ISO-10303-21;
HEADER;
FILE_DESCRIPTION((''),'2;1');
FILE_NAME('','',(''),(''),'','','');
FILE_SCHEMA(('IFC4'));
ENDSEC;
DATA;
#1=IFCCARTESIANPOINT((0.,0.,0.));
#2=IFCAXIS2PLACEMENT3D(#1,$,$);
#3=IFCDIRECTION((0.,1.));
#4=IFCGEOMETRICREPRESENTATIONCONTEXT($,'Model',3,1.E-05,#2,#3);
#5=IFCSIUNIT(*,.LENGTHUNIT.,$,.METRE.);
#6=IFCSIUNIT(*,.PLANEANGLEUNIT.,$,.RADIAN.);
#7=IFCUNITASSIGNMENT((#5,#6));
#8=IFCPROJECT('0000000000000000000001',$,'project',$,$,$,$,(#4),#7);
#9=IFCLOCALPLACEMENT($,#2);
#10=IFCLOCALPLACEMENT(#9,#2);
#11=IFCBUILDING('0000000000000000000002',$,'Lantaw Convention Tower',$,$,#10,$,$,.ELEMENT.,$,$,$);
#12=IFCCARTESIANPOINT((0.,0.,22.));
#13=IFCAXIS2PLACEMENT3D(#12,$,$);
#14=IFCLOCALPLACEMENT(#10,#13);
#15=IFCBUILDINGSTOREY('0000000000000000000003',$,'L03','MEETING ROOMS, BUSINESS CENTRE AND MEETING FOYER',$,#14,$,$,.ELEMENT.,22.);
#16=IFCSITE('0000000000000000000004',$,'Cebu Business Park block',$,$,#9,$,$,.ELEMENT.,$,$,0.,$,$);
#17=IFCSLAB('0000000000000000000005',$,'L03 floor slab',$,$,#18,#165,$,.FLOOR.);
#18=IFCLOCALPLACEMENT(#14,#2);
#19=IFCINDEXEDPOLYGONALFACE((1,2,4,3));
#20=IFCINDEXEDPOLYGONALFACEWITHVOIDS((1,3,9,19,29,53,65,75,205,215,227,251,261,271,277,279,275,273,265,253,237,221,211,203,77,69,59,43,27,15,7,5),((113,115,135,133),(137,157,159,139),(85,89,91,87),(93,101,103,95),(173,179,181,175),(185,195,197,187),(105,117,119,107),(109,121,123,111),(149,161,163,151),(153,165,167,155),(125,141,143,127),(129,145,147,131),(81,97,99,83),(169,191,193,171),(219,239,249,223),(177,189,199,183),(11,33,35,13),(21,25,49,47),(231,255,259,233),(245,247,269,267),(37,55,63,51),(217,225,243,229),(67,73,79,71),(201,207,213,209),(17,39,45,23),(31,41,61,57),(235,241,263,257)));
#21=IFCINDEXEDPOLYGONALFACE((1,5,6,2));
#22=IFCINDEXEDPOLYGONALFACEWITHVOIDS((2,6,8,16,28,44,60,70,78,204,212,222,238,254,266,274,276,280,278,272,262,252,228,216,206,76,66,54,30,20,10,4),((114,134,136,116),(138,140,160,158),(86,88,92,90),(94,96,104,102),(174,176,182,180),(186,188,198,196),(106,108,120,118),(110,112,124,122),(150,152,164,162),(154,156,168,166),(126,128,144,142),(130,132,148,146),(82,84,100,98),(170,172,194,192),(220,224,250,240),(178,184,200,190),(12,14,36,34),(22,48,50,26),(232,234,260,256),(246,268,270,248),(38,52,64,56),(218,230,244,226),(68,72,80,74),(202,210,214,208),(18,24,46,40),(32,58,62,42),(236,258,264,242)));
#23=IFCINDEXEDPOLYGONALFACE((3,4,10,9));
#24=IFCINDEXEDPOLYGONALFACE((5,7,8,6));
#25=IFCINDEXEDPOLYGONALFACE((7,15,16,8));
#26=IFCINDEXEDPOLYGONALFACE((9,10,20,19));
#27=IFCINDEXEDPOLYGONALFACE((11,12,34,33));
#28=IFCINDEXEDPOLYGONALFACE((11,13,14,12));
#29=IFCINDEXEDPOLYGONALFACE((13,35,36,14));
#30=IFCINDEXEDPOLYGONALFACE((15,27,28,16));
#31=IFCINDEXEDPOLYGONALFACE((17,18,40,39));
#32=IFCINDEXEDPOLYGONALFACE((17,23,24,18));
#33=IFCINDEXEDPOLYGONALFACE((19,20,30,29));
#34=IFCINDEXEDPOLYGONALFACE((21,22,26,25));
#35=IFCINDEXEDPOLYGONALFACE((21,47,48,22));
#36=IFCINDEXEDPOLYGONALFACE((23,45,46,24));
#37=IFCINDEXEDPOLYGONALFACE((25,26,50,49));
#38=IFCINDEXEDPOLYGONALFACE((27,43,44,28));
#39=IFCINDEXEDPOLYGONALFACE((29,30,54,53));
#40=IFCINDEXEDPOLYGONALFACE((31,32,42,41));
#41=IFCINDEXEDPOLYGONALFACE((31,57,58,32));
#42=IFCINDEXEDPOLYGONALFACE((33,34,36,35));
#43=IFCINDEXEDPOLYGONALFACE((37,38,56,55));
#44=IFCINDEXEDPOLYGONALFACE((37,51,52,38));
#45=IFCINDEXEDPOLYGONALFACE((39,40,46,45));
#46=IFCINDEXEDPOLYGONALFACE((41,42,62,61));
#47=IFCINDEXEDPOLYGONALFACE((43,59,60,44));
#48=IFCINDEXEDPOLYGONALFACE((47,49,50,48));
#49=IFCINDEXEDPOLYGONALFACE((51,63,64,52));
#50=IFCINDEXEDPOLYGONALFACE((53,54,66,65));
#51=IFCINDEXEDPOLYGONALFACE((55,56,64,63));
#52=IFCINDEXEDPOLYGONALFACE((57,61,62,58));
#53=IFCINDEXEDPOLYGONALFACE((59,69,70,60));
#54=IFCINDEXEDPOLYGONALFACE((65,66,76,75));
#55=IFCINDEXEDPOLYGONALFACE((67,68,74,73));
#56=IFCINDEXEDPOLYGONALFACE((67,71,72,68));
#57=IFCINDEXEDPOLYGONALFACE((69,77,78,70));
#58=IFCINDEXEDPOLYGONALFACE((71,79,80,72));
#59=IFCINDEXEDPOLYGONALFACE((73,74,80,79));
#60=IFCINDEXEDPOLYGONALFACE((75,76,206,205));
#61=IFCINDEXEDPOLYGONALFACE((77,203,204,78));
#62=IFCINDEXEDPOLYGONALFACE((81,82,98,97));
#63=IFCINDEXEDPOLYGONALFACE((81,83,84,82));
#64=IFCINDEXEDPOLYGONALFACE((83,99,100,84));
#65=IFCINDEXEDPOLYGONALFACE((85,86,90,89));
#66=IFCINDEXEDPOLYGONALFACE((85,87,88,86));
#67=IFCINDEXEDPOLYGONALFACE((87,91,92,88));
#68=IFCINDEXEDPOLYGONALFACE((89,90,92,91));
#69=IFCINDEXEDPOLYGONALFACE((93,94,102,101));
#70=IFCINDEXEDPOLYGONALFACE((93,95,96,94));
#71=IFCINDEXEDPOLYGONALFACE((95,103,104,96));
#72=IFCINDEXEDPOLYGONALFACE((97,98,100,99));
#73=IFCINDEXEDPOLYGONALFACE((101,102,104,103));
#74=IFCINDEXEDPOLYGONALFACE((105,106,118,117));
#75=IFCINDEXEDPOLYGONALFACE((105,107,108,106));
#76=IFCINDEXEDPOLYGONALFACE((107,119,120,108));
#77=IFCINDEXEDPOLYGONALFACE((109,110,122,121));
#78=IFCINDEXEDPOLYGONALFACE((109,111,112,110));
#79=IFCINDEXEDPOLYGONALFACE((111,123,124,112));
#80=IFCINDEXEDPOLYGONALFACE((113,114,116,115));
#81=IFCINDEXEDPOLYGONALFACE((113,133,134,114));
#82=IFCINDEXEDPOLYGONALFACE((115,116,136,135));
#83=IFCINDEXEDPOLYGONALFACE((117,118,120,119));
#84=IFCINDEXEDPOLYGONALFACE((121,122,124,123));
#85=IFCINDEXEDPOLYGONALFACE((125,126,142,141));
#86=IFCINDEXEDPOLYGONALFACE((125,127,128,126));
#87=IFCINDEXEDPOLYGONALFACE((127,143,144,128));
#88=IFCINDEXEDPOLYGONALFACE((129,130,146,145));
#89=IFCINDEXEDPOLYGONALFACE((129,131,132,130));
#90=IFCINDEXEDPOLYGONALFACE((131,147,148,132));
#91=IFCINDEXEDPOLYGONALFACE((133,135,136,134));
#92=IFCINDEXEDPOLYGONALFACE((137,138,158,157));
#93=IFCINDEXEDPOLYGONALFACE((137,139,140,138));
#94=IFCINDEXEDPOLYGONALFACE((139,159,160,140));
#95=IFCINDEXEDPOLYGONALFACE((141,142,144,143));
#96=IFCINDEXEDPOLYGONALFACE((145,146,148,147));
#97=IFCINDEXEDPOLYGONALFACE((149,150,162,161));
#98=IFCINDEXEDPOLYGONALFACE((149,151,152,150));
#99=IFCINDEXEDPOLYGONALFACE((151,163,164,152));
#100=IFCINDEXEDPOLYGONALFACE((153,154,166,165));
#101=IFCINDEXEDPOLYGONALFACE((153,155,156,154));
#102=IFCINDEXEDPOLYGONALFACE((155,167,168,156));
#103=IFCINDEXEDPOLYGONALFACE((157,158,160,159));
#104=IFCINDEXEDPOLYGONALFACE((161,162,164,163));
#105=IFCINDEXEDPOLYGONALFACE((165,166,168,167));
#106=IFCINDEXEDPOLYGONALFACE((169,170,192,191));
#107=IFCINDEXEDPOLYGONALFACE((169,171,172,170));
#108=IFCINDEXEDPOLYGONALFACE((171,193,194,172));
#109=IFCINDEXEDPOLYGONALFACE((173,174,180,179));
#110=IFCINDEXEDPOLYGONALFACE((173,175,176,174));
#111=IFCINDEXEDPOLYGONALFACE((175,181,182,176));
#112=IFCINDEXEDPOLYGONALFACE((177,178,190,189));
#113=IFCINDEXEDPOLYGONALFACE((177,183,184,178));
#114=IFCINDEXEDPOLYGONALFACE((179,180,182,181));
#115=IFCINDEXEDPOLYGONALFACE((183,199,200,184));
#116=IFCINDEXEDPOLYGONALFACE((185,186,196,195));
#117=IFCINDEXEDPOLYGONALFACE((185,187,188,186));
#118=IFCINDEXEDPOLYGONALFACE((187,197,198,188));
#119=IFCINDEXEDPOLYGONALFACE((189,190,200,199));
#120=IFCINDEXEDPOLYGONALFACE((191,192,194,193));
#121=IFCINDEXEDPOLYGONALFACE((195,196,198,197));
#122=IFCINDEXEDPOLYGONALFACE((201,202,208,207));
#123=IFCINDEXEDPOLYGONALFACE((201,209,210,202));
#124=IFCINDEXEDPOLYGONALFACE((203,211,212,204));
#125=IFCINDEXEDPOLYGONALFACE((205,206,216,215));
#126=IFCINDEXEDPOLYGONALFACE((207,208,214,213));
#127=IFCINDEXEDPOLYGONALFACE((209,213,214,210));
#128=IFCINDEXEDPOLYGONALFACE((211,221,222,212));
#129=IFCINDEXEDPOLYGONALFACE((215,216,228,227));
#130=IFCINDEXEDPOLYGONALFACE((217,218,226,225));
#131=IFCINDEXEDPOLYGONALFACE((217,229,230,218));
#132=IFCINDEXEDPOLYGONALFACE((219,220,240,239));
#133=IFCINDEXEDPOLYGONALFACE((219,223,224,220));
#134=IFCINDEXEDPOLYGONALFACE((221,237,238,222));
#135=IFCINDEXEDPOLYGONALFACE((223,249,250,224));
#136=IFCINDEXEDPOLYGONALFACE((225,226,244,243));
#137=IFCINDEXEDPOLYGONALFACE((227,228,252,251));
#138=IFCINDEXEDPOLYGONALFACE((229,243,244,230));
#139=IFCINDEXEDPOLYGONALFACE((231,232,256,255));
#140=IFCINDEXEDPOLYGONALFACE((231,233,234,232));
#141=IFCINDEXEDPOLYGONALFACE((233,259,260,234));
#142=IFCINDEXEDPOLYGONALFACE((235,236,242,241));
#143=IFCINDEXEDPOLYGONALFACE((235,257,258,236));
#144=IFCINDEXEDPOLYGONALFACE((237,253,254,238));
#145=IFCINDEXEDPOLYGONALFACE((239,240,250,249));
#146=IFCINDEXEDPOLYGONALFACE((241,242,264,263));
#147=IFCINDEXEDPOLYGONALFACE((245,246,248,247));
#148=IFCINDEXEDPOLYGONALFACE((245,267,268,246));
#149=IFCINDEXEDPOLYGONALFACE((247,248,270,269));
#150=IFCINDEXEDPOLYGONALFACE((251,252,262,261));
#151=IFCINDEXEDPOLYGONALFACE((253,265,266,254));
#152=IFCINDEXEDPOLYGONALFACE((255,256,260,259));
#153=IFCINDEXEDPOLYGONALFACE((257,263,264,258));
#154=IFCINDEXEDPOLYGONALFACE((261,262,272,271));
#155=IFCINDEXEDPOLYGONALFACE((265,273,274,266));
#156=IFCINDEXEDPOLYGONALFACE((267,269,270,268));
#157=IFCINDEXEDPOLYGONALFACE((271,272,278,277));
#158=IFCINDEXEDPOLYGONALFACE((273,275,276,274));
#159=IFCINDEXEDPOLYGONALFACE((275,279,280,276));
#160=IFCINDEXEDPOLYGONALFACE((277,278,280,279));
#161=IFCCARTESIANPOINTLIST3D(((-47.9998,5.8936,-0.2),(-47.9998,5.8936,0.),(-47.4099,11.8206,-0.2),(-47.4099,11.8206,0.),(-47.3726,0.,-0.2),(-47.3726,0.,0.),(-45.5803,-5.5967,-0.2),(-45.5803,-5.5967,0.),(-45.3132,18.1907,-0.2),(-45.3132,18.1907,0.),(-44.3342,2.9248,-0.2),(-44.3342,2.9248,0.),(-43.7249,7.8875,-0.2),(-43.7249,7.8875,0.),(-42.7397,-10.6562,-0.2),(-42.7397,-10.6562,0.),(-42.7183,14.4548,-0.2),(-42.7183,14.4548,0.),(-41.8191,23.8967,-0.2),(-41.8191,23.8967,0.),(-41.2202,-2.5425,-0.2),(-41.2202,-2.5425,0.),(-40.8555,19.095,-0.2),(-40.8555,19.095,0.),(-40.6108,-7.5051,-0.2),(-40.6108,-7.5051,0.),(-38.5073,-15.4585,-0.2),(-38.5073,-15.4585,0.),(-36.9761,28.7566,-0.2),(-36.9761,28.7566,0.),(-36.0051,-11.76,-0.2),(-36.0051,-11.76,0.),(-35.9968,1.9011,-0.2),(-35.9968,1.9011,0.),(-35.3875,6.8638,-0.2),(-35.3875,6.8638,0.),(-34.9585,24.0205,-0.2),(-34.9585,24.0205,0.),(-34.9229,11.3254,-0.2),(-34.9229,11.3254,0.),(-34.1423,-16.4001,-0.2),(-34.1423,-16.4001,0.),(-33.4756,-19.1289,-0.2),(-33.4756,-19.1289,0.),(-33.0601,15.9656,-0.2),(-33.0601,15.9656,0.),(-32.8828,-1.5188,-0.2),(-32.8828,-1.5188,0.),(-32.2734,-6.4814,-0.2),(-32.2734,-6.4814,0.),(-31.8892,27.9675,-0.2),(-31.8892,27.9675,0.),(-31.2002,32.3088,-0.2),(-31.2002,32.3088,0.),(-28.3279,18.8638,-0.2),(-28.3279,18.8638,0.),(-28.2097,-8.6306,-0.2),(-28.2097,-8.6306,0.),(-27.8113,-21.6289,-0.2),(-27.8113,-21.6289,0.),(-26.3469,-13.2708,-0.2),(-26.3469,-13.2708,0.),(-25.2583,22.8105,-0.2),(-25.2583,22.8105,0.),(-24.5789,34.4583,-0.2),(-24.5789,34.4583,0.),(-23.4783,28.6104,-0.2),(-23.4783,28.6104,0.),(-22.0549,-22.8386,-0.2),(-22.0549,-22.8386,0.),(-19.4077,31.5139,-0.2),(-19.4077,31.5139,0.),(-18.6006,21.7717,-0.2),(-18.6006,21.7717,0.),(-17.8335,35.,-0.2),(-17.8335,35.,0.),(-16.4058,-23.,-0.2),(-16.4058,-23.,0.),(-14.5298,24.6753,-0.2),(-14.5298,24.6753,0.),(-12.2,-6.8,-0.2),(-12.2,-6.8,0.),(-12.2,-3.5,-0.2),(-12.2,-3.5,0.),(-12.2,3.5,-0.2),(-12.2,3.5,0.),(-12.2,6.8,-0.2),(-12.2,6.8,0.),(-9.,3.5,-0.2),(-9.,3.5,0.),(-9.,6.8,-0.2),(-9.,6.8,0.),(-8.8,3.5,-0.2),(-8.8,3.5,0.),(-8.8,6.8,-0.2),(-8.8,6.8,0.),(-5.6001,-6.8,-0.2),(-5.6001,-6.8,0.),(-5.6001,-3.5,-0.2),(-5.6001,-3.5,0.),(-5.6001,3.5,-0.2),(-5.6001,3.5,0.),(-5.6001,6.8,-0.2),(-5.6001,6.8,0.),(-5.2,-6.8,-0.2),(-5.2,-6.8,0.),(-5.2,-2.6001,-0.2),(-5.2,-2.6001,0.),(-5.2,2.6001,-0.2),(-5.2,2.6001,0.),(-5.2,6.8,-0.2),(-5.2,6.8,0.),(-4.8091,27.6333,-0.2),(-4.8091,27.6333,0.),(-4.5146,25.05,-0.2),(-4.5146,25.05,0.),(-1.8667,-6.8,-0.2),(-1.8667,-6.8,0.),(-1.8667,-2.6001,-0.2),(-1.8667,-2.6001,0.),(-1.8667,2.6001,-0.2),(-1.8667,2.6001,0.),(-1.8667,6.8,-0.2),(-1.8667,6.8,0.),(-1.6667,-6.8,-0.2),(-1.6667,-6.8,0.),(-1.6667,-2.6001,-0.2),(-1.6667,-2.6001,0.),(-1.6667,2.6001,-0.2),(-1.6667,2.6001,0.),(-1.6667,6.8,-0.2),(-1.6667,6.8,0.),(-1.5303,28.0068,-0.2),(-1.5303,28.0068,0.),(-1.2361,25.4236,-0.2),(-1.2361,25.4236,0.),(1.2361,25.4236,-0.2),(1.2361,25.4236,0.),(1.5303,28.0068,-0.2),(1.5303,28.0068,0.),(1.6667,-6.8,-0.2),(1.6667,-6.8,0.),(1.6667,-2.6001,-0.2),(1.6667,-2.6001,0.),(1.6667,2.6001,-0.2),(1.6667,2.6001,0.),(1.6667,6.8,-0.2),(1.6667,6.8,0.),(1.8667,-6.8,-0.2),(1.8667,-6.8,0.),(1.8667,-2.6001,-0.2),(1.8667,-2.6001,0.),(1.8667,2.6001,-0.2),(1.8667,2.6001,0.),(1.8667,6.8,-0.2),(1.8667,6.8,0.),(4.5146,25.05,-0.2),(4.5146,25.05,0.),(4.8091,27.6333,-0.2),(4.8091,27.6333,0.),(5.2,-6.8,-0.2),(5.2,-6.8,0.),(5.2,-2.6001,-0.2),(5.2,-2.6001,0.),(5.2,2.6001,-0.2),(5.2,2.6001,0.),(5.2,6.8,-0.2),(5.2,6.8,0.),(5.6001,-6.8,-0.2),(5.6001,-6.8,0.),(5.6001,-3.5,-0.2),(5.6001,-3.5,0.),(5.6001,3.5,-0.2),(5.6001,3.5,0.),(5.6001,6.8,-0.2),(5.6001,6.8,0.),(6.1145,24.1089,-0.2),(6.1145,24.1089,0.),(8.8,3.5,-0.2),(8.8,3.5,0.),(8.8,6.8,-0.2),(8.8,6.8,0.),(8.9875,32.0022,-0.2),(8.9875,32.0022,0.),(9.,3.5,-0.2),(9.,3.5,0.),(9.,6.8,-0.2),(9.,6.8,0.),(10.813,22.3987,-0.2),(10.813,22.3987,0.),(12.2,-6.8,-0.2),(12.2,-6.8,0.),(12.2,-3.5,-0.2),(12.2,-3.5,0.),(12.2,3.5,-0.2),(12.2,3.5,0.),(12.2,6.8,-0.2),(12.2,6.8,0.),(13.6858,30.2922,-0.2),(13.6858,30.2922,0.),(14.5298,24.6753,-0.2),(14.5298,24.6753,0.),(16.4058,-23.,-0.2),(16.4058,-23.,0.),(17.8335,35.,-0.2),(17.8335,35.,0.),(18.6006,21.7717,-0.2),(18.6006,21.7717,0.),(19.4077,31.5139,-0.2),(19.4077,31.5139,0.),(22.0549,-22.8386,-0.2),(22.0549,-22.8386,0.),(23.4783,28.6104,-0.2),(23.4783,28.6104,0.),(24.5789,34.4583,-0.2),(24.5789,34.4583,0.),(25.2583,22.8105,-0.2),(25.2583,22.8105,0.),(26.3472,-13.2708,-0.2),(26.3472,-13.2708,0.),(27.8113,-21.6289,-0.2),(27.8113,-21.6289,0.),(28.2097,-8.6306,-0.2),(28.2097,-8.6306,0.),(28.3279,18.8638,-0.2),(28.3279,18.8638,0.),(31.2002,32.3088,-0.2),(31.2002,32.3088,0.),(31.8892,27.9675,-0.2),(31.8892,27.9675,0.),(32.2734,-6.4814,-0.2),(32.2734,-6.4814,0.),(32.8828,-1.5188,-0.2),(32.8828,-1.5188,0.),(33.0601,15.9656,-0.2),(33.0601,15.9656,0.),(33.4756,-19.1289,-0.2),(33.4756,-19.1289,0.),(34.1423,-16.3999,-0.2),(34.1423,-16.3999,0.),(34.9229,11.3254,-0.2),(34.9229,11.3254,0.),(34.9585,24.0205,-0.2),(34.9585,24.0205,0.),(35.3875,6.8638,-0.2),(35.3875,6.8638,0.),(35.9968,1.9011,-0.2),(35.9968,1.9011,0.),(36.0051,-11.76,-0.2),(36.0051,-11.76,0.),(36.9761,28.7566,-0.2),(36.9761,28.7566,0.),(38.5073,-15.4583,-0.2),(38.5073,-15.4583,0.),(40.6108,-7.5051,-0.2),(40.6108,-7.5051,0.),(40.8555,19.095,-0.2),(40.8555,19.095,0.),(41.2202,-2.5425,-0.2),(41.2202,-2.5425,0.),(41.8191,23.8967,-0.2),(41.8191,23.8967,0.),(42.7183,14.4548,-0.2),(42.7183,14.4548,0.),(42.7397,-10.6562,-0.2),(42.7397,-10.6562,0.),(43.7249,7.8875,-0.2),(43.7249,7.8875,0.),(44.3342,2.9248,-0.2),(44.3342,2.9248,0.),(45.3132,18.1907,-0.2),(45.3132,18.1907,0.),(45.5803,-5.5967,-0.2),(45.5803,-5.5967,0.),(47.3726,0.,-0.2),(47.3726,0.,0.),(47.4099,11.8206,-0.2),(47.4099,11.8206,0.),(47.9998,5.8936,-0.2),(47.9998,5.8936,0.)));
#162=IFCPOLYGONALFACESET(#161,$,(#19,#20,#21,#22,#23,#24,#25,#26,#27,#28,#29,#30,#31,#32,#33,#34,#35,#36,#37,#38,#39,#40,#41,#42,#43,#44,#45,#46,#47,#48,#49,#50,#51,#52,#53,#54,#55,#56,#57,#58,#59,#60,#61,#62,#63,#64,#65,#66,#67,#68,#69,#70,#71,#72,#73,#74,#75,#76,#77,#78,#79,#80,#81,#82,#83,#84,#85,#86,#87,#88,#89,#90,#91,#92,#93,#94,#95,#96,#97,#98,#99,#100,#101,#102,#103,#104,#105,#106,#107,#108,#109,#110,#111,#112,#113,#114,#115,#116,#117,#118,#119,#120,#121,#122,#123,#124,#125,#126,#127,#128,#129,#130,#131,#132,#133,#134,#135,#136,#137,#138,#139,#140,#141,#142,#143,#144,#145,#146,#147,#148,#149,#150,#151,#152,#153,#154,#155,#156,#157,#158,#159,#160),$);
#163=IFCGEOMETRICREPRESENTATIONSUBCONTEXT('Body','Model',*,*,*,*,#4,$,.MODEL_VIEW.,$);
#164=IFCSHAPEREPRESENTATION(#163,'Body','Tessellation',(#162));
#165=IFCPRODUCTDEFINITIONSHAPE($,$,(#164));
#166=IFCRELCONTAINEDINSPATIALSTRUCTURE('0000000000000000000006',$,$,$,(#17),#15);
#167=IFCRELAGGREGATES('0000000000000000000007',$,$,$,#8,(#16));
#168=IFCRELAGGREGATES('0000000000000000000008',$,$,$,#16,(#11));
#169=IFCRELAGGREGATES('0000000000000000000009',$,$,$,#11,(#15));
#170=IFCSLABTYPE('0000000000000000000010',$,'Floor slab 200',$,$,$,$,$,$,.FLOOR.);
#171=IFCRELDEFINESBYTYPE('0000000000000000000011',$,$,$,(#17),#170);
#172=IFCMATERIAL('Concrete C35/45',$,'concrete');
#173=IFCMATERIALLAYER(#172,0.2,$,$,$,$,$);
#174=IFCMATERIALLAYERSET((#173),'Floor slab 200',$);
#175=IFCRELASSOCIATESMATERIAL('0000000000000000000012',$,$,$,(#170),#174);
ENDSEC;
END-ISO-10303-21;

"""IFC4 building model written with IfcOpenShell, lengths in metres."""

from ifc_helpers import new_model, si_unit, direction, frame, origin, place, context, subcontext, project, spatial, polyline, outline, extrude, material, layer, layer_set, type_object, element, save


model = new_model("IFC4")

# Units and contexts
model_context = context("Model", 3, precision=1e-05, world=origin(), true_north=direction((0.0, 1.0)))
body_context = subcontext(model_context, "Body", "Model", "MODEL_VIEW")
ifc_project = project(units=[si_unit("LENGTHUNIT", "METRE"), si_unit("PLANEANGLEUNIT", "RADIAN")], contexts=[model_context])

# Site, building, storey
site_placement = place(None, origin())
site = spatial("IfcSite", under=ifc_project, at=site_placement, Name="Cebu Business Park block", CompositionType="ELEMENT", RefElevation=0.0)
building_placement = place(site_placement, origin())
building = spatial("IfcBuilding", under=site, at=building_placement, Name="Lantaw Convention Tower", CompositionType="ELEMENT")
storey_placement = place(building_placement, frame((0.0, 0.0, 22.0)))
storey = spatial("IfcBuildingStorey", under=building, at=storey_placement, Name="L03", Description="MEETING ROOMS, BUSINESS CENTRE AND MEETING FOYER", CompositionType="ELEMENT", Elevation=22.0)

# Slab
ifc_material_1 = material(Name="Concrete C35/45", Category="concrete")
ifc_layer_1 = layer(ifc_material_1, 0.2)
ifc_layer_set_1 = layer_set([ifc_layer_1], Name="Floor slab 200")
slab_type_1 = type_object("IfcSlabType", Name="Floor slab 200", PredefinedType="FLOOR", material=ifc_layer_set_1)
slab_1_placement = place(storey_placement, frame((0.0, 0.0, -0.2)))
element("IfcSlab", 1, at=slab_1_placement, inside=storey, type_object=slab_type_1, Name="L03 floor slab", PredefinedType="FLOOR", context=body_context, shape_type="SweptSolid", body=[
    extrude(outline(polyline([(45.5803, -5.5967), (47.3726, 0.0), (47.9998, 5.8936), (47.4099, 11.8206), (45.3132, 18.1907), (41.8191, 23.8967), (36.9761, 28.7566), (31.2002, 32.3088), (24.5789, 34.4583), (17.8335, 35.0), (-17.8335, 35.0), (-24.5789, 34.4583), (-31.2002, 32.3088), (-36.9761, 28.7566), (-41.8191, 23.8967), (-45.3132, 18.1907), (-47.4099, 11.8206), (-47.9998, 5.8936), (-47.3726, 0.0), (-45.5803, -5.5967), (-42.7397, -10.6562), (-38.5073, -15.4585), (-33.4756, -19.1289), (-27.8113, -21.6289), (-22.0549, -22.8386), (-16.4058, -23.0), (16.4058, -23.0), (22.0549, -22.8386), (27.8113, -21.6289), (33.4756, -19.1289), (38.5073, -15.4583), (42.7397, -10.6562), (45.5803, -5.5967)]), holes=[polyline([(-36.0051, -11.76), (-34.1423, -16.4001), (-26.3469, -13.2708), (-28.2097, -8.6306), (-36.0051, -11.76)]), polyline([(-12.2, -6.8), (-5.6001, -6.8), (-5.6001, -3.5), (-12.2, -3.5), (-12.2, -6.8)]), polyline([(-5.2, -6.8), (-1.8667, -6.8), (-1.8667, -2.6001), (-5.2, -2.6001), (-5.2, -6.8)]), polyline([(1.6667, -6.8), (1.6667, -2.6001), (-1.6667, -2.6001), (-1.6667, -6.8), (1.6667, -6.8)]), polyline([(-32.8828, -1.5188), (-41.2202, -2.5425), (-40.6108, -7.5051), (-32.2734, -6.4814), (-32.8828, -1.5188)]), polyline([(-5.2, 2.6001), (-1.8667, 2.6001), (-1.8667, 6.8), (-5.2, 6.8), (-5.2, 2.6001)]), polyline([(1.6667, 2.6001), (1.6667, 6.8), (-1.6667, 6.8), (-1.6667, 2.6001), (1.6667, 2.6001)]), polyline([(-35.3875, 6.8638), (-43.7249, 7.8875), (-44.3342, 2.9248), (-35.9968, 1.9011), (-35.3875, 6.8638)]), polyline([(-12.2, 3.5), (-9.0, 3.5), (-9.0, 6.8), (-12.2, 6.8), (-12.2, 3.5)]), polyline([(-8.8, 3.5), (-5.6001, 3.5), (-5.6001, 6.8), (-8.8, 6.8), (-8.8, 3.5)]), polyline([(-33.0601, 15.9656), (-40.8555, 19.095), (-42.7183, 14.4548), (-34.9229, 11.3254), (-33.0601, 15.9656)]), polyline([(-25.2583, 22.8105), (-31.8892, 27.9675), (-34.9585, 24.0205), (-28.3279, 18.8638), (-25.2583, 22.8105)]), polyline([(-1.2361, 25.4236), (-1.5303, 28.0068), (-4.8091, 27.6333), (-4.5146, 25.05), (-1.2361, 25.4236)]), polyline([(-19.4077, 31.5139), (-23.4783, 28.6104), (-18.6006, 21.7717), (-14.5298, 24.6753), (-19.4077, 31.5139)]), polyline([(26.3472, -13.2708), (34.1423, -16.3999), (36.0051, -11.76), (28.2097, -8.6306), (26.3472, -13.2708)]), polyline([(5.6001, -6.8), (12.2, -6.8), (12.2, -3.5), (5.6001, -3.5), (5.6001, -6.8)]), polyline([(1.8667, -6.8), (5.2, -6.8), (5.2, -2.6001), (1.8667, -2.6001), (1.8667, -6.8)]), polyline([(32.2734, -6.4814), (40.6108, -7.5051), (41.2202, -2.5425), (32.8828, -1.5188), (32.2734, -6.4814)]), polyline([(1.8667, 2.6001), (5.2, 2.6001), (5.2, 6.8), (1.8667, 6.8), (1.8667, 2.6001)]), polyline([(35.9968, 1.9011), (44.3342, 2.9248), (43.7249, 7.8875), (35.3875, 6.8638), (35.9968, 1.9011)]), polyline([(8.8, 3.5), (8.8, 6.8), (5.6001, 6.8), (5.6001, 3.5), (8.8, 3.5)]), polyline([(9.0, 3.5), (12.2, 3.5), (12.2, 6.8), (9.0, 6.8), (9.0, 3.5)]), polyline([(34.9229, 11.3254), (42.7183, 14.4548), (40.8555, 19.095), (33.0601, 15.9656), (34.9229, 11.3254)]), polyline([(28.3279, 18.8638), (34.9585, 24.0205), (31.8892, 27.9675), (25.2583, 22.8105), (28.3279, 18.8638)]), polyline([(4.5146, 25.05), (4.8091, 27.6333), (1.5303, 28.0068), (1.2361, 25.4236), (4.5146, 25.05)]), polyline([(18.6006, 21.7717), (23.4783, 28.6104), (19.4077, 31.5139), (14.5298, 24.6753), (18.6006, 21.7717)]), polyline([(10.813, 22.3987), (13.6858, 30.2922), (8.9875, 32.0022), (6.1145, 24.1089), (10.813, 22.3987)])]), origin(), (0.0, 0.0, 1.0), 0.2),
])

save(model, "model.ifc")
